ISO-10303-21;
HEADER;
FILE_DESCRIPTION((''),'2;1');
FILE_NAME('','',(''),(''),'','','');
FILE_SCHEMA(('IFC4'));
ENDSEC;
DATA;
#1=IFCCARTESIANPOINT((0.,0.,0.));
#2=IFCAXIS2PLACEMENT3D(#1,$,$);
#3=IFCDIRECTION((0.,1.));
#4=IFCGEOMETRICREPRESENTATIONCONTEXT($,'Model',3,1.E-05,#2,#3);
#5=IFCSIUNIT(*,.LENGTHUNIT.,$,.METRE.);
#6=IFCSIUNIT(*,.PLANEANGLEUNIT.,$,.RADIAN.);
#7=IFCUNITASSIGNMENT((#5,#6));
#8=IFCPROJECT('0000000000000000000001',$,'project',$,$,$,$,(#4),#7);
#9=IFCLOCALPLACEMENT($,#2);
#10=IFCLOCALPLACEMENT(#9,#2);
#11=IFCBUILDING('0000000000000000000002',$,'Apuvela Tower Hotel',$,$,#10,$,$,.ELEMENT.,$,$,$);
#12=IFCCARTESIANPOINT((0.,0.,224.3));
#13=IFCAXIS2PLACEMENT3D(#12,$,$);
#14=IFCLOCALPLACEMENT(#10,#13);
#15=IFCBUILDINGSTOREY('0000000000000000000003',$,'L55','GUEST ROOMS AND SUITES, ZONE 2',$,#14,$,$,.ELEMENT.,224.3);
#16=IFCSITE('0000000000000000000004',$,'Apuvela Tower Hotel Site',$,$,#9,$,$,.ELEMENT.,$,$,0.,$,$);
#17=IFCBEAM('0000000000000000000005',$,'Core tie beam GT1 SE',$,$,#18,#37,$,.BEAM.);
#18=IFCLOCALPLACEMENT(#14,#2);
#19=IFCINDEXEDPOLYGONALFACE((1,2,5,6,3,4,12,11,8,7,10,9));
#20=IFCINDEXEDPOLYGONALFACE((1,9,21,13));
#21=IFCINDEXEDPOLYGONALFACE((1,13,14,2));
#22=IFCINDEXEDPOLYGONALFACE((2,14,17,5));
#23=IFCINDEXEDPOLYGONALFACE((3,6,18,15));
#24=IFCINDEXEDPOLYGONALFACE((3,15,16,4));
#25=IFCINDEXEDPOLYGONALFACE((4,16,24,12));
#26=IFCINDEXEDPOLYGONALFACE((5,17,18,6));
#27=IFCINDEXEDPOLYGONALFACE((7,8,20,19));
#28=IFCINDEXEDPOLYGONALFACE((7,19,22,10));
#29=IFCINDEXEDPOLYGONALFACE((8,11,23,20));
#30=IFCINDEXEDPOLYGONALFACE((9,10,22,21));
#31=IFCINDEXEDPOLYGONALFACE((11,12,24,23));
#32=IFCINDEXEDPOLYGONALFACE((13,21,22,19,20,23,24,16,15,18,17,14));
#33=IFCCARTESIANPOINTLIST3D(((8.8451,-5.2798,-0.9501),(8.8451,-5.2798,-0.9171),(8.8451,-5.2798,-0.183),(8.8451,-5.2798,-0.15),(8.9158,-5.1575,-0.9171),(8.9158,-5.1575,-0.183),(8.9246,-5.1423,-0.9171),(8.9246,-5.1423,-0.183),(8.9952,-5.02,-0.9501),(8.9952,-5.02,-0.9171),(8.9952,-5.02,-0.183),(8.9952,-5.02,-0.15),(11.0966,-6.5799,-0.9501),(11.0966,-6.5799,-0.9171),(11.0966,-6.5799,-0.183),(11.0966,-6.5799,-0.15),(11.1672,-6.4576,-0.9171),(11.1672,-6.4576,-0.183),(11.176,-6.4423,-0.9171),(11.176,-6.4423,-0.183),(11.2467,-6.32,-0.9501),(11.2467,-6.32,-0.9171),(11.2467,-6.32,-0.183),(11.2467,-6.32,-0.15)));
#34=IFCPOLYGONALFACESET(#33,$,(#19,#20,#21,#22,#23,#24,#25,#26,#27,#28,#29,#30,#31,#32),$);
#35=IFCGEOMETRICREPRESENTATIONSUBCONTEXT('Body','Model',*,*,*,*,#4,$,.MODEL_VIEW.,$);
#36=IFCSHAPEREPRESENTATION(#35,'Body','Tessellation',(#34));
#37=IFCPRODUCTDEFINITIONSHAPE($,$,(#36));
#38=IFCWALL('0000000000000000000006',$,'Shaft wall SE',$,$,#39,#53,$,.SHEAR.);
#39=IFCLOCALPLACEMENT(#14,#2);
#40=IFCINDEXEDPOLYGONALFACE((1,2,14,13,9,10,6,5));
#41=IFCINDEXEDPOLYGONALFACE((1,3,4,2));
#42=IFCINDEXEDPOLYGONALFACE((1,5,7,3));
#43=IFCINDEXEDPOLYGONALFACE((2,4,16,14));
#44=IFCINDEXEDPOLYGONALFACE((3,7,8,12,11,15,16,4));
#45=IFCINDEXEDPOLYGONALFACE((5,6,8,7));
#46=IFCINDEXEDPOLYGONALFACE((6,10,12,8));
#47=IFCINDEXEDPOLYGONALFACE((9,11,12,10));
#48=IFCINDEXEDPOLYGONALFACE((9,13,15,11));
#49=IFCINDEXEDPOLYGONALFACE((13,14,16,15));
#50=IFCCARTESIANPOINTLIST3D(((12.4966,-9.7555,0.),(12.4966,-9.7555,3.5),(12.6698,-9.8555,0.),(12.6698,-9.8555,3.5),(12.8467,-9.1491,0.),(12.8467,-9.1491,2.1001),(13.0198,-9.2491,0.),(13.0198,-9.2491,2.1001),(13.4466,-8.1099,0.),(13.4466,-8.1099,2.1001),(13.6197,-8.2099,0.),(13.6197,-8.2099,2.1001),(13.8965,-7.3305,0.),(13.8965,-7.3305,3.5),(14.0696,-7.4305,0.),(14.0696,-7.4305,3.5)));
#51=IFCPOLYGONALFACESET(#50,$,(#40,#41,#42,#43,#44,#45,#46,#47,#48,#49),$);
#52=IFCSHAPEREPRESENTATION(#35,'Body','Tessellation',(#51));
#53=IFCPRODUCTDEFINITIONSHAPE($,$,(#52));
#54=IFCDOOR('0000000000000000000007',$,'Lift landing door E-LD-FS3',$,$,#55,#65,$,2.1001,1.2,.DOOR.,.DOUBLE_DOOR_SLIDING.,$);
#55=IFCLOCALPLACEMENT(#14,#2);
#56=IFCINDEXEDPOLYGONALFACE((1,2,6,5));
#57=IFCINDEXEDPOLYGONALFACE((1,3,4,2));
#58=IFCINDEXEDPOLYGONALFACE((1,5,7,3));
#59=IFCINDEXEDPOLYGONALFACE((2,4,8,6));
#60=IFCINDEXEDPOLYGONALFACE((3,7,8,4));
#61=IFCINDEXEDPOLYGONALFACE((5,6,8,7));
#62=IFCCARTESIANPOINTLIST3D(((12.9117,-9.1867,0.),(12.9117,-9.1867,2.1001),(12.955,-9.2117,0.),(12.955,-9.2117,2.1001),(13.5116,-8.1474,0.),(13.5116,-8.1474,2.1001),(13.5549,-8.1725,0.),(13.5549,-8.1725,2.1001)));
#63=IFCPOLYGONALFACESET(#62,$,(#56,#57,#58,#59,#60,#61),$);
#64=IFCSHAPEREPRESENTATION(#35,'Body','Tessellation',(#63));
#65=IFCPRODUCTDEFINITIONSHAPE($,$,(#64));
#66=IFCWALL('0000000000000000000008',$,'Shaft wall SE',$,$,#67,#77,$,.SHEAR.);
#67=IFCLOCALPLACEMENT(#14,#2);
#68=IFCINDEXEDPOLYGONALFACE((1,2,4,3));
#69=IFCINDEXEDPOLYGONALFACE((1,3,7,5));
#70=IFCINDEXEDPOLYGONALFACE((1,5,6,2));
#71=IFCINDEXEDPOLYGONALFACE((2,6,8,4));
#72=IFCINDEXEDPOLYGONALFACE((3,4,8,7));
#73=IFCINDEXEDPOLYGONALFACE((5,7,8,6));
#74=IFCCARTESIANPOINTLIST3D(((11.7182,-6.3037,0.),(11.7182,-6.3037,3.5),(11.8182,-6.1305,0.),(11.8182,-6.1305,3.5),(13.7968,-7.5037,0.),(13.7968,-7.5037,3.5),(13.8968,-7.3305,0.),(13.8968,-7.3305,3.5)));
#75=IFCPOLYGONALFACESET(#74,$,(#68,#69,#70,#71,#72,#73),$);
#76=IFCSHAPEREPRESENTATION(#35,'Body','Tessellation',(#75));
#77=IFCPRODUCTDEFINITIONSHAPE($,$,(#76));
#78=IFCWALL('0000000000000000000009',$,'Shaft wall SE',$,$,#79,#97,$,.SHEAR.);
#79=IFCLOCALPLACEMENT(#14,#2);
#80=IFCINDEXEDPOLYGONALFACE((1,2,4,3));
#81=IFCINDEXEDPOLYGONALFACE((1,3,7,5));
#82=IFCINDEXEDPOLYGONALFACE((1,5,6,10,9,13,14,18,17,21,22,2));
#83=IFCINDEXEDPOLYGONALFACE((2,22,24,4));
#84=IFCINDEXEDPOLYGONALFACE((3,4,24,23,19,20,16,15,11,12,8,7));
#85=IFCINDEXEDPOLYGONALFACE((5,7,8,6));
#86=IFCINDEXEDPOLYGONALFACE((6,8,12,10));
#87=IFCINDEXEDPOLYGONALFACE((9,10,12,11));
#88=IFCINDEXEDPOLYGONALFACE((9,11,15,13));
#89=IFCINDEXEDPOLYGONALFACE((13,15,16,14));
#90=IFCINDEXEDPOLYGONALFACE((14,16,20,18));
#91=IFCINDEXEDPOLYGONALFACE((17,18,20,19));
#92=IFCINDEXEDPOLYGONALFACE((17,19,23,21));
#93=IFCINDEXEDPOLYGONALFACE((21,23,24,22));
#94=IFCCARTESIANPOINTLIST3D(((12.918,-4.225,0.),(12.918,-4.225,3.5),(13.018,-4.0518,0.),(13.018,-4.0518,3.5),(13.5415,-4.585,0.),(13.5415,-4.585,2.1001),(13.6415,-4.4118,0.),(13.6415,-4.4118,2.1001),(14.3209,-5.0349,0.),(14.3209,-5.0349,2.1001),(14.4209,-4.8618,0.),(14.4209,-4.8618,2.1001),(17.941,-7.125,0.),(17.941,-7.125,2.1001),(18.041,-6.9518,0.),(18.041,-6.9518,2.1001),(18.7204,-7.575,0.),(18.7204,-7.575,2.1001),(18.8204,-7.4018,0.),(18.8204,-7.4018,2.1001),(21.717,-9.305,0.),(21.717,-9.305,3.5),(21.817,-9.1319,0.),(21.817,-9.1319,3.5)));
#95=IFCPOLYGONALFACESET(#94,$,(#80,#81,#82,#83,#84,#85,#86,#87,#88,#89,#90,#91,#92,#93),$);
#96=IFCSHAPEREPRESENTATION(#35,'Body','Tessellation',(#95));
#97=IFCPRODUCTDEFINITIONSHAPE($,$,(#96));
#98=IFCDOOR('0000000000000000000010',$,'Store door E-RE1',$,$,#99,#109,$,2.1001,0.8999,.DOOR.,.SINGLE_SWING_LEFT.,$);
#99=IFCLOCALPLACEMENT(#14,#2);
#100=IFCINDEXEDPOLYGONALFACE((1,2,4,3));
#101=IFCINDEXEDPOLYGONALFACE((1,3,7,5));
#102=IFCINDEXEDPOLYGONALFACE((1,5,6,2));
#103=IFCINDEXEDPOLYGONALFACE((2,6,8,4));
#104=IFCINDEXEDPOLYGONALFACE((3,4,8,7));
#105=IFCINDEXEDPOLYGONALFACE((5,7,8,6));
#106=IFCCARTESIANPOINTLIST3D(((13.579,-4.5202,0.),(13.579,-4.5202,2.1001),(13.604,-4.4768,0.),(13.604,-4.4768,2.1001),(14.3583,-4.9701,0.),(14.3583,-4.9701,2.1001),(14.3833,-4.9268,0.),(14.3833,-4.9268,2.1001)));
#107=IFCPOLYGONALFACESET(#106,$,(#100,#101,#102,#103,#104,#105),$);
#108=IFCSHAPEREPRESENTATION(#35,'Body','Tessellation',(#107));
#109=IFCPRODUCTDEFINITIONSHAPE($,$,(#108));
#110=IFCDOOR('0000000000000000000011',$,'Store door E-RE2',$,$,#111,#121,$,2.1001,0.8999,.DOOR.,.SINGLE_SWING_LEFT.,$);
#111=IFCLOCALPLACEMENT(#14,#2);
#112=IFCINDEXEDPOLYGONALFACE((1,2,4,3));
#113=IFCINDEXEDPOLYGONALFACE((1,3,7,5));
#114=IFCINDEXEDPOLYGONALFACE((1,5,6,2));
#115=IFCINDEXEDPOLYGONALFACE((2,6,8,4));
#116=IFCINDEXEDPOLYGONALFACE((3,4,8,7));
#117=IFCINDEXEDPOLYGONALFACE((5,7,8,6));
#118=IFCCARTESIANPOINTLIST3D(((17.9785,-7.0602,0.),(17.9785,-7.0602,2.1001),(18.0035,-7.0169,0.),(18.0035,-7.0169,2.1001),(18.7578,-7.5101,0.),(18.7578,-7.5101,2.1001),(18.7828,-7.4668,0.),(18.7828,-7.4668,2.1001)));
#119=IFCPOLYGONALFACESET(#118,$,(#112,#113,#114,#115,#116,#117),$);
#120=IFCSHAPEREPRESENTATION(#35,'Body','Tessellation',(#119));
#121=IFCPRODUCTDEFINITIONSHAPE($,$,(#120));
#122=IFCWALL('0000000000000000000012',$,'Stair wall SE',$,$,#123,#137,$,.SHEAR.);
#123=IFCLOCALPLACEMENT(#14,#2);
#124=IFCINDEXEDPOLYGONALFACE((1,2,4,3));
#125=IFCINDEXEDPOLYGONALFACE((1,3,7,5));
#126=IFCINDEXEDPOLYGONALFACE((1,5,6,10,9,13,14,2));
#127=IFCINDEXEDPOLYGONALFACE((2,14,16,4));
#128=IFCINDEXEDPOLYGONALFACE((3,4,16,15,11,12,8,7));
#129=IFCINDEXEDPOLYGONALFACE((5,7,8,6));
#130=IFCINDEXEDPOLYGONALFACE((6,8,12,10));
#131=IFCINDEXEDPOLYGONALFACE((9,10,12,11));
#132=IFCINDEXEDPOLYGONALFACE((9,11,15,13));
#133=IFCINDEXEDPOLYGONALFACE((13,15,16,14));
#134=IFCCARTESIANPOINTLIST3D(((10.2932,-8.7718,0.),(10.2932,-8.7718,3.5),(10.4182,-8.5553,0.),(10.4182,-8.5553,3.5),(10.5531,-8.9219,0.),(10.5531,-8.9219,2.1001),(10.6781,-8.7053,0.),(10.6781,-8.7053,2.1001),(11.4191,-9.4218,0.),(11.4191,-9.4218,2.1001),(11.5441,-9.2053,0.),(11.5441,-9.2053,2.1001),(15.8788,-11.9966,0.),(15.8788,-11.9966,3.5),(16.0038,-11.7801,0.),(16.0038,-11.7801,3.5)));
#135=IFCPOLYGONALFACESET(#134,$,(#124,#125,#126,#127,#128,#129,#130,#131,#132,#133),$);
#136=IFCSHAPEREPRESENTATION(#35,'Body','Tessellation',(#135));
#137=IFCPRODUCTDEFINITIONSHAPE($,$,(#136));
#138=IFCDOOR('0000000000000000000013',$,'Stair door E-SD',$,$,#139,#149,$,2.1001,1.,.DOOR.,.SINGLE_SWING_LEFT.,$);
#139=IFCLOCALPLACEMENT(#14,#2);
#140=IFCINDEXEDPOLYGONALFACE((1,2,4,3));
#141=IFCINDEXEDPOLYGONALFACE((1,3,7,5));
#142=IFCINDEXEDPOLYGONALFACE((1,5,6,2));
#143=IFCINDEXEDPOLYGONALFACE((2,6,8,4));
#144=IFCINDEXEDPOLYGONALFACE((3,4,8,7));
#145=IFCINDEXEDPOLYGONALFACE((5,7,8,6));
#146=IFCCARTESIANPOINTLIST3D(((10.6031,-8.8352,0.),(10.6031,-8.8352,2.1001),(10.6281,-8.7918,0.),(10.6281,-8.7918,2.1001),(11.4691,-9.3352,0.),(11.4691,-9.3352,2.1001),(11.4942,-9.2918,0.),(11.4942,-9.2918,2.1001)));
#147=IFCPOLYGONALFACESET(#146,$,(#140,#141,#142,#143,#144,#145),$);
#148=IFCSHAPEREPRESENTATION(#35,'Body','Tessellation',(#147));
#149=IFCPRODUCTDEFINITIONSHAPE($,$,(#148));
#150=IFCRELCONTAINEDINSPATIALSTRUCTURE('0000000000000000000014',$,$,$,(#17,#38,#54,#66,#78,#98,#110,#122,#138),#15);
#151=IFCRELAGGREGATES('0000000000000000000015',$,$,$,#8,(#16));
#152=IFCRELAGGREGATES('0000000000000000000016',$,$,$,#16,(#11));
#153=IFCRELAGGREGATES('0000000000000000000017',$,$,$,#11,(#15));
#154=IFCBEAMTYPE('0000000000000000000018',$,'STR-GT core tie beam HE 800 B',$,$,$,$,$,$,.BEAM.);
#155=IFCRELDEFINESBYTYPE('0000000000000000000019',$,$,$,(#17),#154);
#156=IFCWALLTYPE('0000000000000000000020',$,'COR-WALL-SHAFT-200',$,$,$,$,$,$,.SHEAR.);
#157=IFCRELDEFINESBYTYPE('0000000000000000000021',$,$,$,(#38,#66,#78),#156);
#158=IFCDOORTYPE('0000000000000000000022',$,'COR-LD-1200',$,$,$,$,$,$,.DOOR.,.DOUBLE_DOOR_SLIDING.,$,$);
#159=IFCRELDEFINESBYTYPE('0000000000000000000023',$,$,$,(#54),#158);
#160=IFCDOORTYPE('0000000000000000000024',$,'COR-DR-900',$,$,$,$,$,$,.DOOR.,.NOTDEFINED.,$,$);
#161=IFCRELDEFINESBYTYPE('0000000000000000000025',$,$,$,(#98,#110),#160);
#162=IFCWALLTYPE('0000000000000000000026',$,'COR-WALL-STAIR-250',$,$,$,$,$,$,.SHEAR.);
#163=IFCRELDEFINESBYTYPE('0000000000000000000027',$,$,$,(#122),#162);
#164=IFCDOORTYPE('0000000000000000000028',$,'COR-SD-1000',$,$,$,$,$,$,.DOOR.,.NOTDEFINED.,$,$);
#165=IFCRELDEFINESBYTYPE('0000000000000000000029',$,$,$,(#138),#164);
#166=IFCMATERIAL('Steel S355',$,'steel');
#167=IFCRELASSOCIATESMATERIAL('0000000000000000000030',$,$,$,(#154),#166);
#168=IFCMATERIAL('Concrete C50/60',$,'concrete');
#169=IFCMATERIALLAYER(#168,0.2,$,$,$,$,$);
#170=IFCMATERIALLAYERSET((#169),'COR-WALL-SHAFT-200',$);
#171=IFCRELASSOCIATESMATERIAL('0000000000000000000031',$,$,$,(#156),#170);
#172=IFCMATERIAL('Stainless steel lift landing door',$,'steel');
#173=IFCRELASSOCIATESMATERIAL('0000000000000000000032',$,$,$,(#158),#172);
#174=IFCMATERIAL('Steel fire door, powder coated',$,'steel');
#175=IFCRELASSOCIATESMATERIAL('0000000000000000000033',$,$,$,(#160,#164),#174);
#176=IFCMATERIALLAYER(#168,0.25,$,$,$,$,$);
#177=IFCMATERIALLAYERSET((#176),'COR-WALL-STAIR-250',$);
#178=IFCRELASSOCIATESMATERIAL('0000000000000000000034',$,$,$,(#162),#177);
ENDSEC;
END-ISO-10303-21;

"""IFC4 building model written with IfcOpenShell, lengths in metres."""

from ifc_helpers import new_model, si_unit, direction, frame, frame_2d, origin, origin_2d, place, context, subcontext, project, spatial, rectangle, i_section, extrude, material, layer, layer_set, material_profile, profile_set, type_object, element, fill, save


model = new_model("IFC4")

# Units and contexts
model_context = context("Model", 3, precision=1e-05, world=origin(), true_north=direction((0.0, 1.0)))
body_context = subcontext(model_context, "Body", "Model", "MODEL_VIEW")
ifc_project = project(units=[si_unit("LENGTHUNIT", "METRE"), si_unit("PLANEANGLEUNIT", "RADIAN")], contexts=[model_context])

# Site, building, storey
site_placement = place(None, origin())
site = spatial("IfcSite", under=ifc_project, at=site_placement, Name="Apuvela Tower Hotel Site", CompositionType="ELEMENT", RefElevation=0.0)
building_placement = place(site_placement, origin())
building = spatial("IfcBuilding", under=site, at=building_placement, Name="Apuvela Tower Hotel", CompositionType="ELEMENT")
storey_placement = place(building_placement, frame((0.0, 0.0, 224.3)))
storey = spatial("IfcBuildingStorey", under=building, at=storey_placement, Name="L55", Description="GUEST ROOMS AND SUITES, ZONE 2", CompositionType="ELEMENT", Elevation=224.3)

# Beam
ifc_material_1 = material(Name="Steel S355", Category="steel")
ifc_material_profile = material_profile(ifc_material_1, i_section(OverallWidth=0.3, OverallDepth=0.8, WebThickness=0.0176, FlangeThickness=0.033, at=origin_2d()), Name="HE 800 B")
ifc_profile_set = profile_set([ifc_material_profile], Name="Steel S355")
beam_type = type_object("IfcBeamType", Name="STR-GT core tie beam HE 800 B", PredefinedType="BEAM", material=ifc_profile_set)
beam_placement = place(storey_placement, frame((11.1716, -6.45, -0.55), z_axis=(-0.865998, 0.500048, 0.0), x_axis=(-0.500048, -0.865998, 0.0)))
element("IfcBeam", 1, at=beam_placement, inside=storey, type_object=beam_type, Name="Core tie beam GT1 SE", PredefinedType="BEAM", context=body_context, shape_type="SweptSolid", body=[
    extrude(i_section(OverallWidth=0.3, OverallDepth=0.8, WebThickness=0.0176, FlangeThickness=0.033, at=origin_2d()), origin(), (0.0, 0.0, 1.0), 2.5999),
])

# Wall, opening, door
ifc_material_2 = material(Name="Concrete C50/60", Category="concrete")
ifc_layer_1 = layer(ifc_material_2, 0.2)
ifc_layer_set_1 = layer_set([ifc_layer_1], Name="COR-WALL-SHAFT-200")
wall_type_1 = type_object("IfcWallType", Name="COR-WALL-SHAFT-200", PredefinedType="SHEAR", material=ifc_layer_set_1)
wall_1_placement = place(storey_placement, frame((12.5833, -9.8054, 0.0), z_axis=(0.0, 0.0, 1.0), x_axis=(0.499946, 0.866056, 0.0)))
wall_1 = element("IfcWall", 2, at=wall_1_placement, inside=storey, type_object=wall_type_1, Name="Shaft wall SE", PredefinedType="SHEAR", context=body_context, shape_type="SweptSolid", body=[
    extrude(rectangle(XDim=2.8, YDim=0.2, at=frame_2d((1.3999, 0.0))), origin(), (0.0, 0.0, 1.0), 3.5),
])
opening_1_placement = place(wall_1_placement, frame((0.7, 0.0, 0.0)))
opening_1 = element("IfcOpeningElement", 3, at=opening_1_placement, cuts=wall_1, PredefinedType="OPENING", context=body_context, shape_type="SweptSolid", body=[
    extrude(rectangle(XDim=1.2, YDim=2.1001, at=frame_2d((0.6001, 1.05))), frame((0.0, 0.1099, 0.0), z_axis=(0.0, -1.0, 0.0), x_axis=(1.0, 0.0, 0.0)), (0.0, 0.0, 1.0), 0.22),
])
ifc_material_3 = material(Name="Stainless steel lift landing door", Category="steel")
door_type_1 = type_object("IfcDoorType", Name="COR-LD-1200", OperationType="DOUBLE_DOOR_SLIDING", PredefinedType="DOOR", material=ifc_material_3)
door_1_placement = place(opening_1_placement, origin())
door_1 = element("IfcDoor", 4, at=door_1_placement, inside=storey, type_object=door_type_1, Name="Lift landing door E-LD-FS3", OperationType="DOUBLE_DOOR_SLIDING", OverallHeight=2.1001, OverallWidth=1.2, PredefinedType="DOOR", context=body_context, shape_type="SweptSolid", body=[
    extrude(rectangle(XDim=1.2, YDim=2.1001, at=frame_2d((0.6001, 1.05))), frame((0.0, 0.0249, 0.0), z_axis=(0.0, -1.0, 0.0), x_axis=(1.0, 0.0, 0.0)), (0.0, 0.0, 1.0), 0.05),
])
fill(opening_1, door_1)

# Wall
wall_2_placement = place(storey_placement, frame((11.7681, -6.217, 0.0), z_axis=(0.0, 0.0, 1.0), x_axis=(0.86605, -0.499957, 0.0)))
element("IfcWall", 5, at=wall_2_placement, inside=storey, type_object=wall_type_1, Name="Shaft wall SE", PredefinedType="SHEAR", context=body_context, shape_type="SweptSolid", body=[
    extrude(rectangle(XDim=2.4001, YDim=0.2, at=frame_2d((1.2002, 0.0))), origin(), (0.0, 0.0, 1.0), 3.5),
])

# Wall, openings, doors
wall_3_placement = place(storey_placement, frame((12.968, -4.1384, 0.0), z_axis=(0.0, 0.0, 1.0), x_axis=(0.866028, -0.499995, 0.0)))
wall_3 = element("IfcWall", 6, at=wall_3_placement, inside=storey, type_object=wall_type_1, Name="Shaft wall SE", PredefinedType="SHEAR", context=body_context, shape_type="SweptSolid", body=[
    extrude(rectangle(XDim=10.1602, YDim=0.2, at=frame_2d((5.0801, 0.0))), origin(), (0.0, 0.0, 1.0), 3.5),
])
opening_2_placement = place(wall_3_placement, frame((0.72, 0.0, 0.0)))
opening_2 = element("IfcOpeningElement", 7, at=opening_2_placement, cuts=wall_3, PredefinedType="OPENING", context=body_context, shape_type="SweptSolid", body=[
    extrude(rectangle(XDim=0.8999, YDim=2.1001, at=frame_2d((0.45, 1.05))), frame((0.0, 0.1099, 0.0), z_axis=(0.0, -1.0, 0.0), x_axis=(1.0, 0.0, 0.0)), (0.0, 0.0, 1.0), 0.22),
])
opening_3_placement = place(wall_3_placement, frame((5.8, 0.0, 0.0)))
opening_3 = element("IfcOpeningElement", 8, at=opening_3_placement, cuts=wall_3, PredefinedType="OPENING", context=body_context, shape_type="SweptSolid", body=[
    extrude(rectangle(XDim=0.8999, YDim=2.1001, at=frame_2d((0.45, 1.05))), frame((0.0, 0.1099, 0.0), z_axis=(0.0, -1.0, 0.0), x_axis=(1.0, 0.0, 0.0)), (0.0, 0.0, 1.0), 0.22),
])
ifc_material_4 = material(Name="Steel fire door, powder coated", Category="steel")
door_type_2 = type_object("IfcDoorType", Name="COR-DR-900", OperationType="NOTDEFINED", PredefinedType="DOOR", material=ifc_material_4)
door_2_placement = place(opening_2_placement, origin())
door_2 = element("IfcDoor", 9, at=door_2_placement, inside=storey, type_object=door_type_2, Name="Store door E-RE1", OperationType="SINGLE_SWING_LEFT", OverallHeight=2.1001, OverallWidth=0.8999, PredefinedType="DOOR", context=body_context, shape_type="SweptSolid", body=[
    extrude(rectangle(XDim=0.8999, YDim=2.1001, at=frame_2d((0.45, 1.05))), frame((0.0, 0.0249, 0.0), z_axis=(0.0, -1.0, 0.0), x_axis=(1.0, 0.0, 0.0)), (0.0, 0.0, 1.0), 0.05),
])
fill(opening_2, door_2)
door_3_placement = place(opening_3_placement, origin())
door_3 = element("IfcDoor", 10, at=door_3_placement, inside=storey, type_object=door_type_2, Name="Store door E-RE2", OperationType="SINGLE_SWING_LEFT", OverallHeight=2.1001, OverallWidth=0.8999, PredefinedType="DOOR", context=body_context, shape_type="SweptSolid", body=[
    extrude(rectangle(XDim=0.8999, YDim=2.1001, at=frame_2d((0.45, 1.05))), frame((0.0, 0.0249, 0.0), z_axis=(0.0, -1.0, 0.0), x_axis=(1.0, 0.0, 0.0)), (0.0, 0.0, 1.0), 0.05),
])
fill(opening_3, door_3)

# Wall, opening, door
ifc_layer_2 = layer(ifc_material_2, 0.25)
ifc_layer_set_2 = layer_set([ifc_layer_2], Name="COR-WALL-STAIR-250")
wall_type_2 = type_object("IfcWallType", Name="COR-WALL-STAIR-250", PredefinedType="SHEAR", material=ifc_layer_set_2)
wall_4_placement = place(storey_placement, frame((10.3557, -8.6636, 0.0), z_axis=(0.0, 0.0, 1.0), x_axis=(0.866029, -0.499994, 0.0)))
wall_4 = element("IfcWall", 11, at=wall_4_placement, inside=storey, type_object=wall_type_2, Name="Stair wall SE", PredefinedType="SHEAR", context=body_context, shape_type="SweptSolid", body=[
    extrude(rectangle(XDim=6.4497, YDim=0.25, at=frame_2d((3.2249, 0.0))), origin(), (0.0, 0.0, 1.0), 3.5),
])
opening_4_placement = place(wall_4_placement, frame((0.3, 0.0, 0.0)))
opening_4 = element("IfcOpeningElement", 12, at=opening_4_placement, cuts=wall_4, PredefinedType="OPENING", context=body_context, shape_type="SweptSolid", body=[
    extrude(rectangle(XDim=1.0, YDim=2.1001, at=frame_2d((0.5, 1.05))), frame((0.0, 0.135, 0.0), z_axis=(0.0, -1.0, 0.0), x_axis=(1.0, 0.0, 0.0)), (0.0, 0.0, 1.0), 0.27),
])
door_type_3 = type_object("IfcDoorType", Name="COR-SD-1000", OperationType="NOTDEFINED", PredefinedType="DOOR", material=ifc_material_4)
door_4_placement = place(opening_4_placement, frame((1.0, 0.0, 0.0), z_axis=(0.0, 0.0, 1.0), x_axis=(-1.0, 0.0, 0.0)))
door_4 = element("IfcDoor", 13, at=door_4_placement, inside=storey, type_object=door_type_3, Name="Stair door E-SD", OperationType="SINGLE_SWING_LEFT", OverallHeight=2.1001, OverallWidth=1.0, PredefinedType="DOOR", context=body_context, shape_type="SweptSolid", body=[
    extrude(rectangle(XDim=1.0, YDim=2.1001, at=frame_2d((0.5, 1.05))), frame((0.0, 0.0249, 0.0), z_axis=(0.0, -1.0, 0.0), x_axis=(1.0, 0.0, 0.0)), (0.0, 0.0, 1.0), 0.05),
])
fill(opening_4, door_4)

save(model, "model.ifc")
